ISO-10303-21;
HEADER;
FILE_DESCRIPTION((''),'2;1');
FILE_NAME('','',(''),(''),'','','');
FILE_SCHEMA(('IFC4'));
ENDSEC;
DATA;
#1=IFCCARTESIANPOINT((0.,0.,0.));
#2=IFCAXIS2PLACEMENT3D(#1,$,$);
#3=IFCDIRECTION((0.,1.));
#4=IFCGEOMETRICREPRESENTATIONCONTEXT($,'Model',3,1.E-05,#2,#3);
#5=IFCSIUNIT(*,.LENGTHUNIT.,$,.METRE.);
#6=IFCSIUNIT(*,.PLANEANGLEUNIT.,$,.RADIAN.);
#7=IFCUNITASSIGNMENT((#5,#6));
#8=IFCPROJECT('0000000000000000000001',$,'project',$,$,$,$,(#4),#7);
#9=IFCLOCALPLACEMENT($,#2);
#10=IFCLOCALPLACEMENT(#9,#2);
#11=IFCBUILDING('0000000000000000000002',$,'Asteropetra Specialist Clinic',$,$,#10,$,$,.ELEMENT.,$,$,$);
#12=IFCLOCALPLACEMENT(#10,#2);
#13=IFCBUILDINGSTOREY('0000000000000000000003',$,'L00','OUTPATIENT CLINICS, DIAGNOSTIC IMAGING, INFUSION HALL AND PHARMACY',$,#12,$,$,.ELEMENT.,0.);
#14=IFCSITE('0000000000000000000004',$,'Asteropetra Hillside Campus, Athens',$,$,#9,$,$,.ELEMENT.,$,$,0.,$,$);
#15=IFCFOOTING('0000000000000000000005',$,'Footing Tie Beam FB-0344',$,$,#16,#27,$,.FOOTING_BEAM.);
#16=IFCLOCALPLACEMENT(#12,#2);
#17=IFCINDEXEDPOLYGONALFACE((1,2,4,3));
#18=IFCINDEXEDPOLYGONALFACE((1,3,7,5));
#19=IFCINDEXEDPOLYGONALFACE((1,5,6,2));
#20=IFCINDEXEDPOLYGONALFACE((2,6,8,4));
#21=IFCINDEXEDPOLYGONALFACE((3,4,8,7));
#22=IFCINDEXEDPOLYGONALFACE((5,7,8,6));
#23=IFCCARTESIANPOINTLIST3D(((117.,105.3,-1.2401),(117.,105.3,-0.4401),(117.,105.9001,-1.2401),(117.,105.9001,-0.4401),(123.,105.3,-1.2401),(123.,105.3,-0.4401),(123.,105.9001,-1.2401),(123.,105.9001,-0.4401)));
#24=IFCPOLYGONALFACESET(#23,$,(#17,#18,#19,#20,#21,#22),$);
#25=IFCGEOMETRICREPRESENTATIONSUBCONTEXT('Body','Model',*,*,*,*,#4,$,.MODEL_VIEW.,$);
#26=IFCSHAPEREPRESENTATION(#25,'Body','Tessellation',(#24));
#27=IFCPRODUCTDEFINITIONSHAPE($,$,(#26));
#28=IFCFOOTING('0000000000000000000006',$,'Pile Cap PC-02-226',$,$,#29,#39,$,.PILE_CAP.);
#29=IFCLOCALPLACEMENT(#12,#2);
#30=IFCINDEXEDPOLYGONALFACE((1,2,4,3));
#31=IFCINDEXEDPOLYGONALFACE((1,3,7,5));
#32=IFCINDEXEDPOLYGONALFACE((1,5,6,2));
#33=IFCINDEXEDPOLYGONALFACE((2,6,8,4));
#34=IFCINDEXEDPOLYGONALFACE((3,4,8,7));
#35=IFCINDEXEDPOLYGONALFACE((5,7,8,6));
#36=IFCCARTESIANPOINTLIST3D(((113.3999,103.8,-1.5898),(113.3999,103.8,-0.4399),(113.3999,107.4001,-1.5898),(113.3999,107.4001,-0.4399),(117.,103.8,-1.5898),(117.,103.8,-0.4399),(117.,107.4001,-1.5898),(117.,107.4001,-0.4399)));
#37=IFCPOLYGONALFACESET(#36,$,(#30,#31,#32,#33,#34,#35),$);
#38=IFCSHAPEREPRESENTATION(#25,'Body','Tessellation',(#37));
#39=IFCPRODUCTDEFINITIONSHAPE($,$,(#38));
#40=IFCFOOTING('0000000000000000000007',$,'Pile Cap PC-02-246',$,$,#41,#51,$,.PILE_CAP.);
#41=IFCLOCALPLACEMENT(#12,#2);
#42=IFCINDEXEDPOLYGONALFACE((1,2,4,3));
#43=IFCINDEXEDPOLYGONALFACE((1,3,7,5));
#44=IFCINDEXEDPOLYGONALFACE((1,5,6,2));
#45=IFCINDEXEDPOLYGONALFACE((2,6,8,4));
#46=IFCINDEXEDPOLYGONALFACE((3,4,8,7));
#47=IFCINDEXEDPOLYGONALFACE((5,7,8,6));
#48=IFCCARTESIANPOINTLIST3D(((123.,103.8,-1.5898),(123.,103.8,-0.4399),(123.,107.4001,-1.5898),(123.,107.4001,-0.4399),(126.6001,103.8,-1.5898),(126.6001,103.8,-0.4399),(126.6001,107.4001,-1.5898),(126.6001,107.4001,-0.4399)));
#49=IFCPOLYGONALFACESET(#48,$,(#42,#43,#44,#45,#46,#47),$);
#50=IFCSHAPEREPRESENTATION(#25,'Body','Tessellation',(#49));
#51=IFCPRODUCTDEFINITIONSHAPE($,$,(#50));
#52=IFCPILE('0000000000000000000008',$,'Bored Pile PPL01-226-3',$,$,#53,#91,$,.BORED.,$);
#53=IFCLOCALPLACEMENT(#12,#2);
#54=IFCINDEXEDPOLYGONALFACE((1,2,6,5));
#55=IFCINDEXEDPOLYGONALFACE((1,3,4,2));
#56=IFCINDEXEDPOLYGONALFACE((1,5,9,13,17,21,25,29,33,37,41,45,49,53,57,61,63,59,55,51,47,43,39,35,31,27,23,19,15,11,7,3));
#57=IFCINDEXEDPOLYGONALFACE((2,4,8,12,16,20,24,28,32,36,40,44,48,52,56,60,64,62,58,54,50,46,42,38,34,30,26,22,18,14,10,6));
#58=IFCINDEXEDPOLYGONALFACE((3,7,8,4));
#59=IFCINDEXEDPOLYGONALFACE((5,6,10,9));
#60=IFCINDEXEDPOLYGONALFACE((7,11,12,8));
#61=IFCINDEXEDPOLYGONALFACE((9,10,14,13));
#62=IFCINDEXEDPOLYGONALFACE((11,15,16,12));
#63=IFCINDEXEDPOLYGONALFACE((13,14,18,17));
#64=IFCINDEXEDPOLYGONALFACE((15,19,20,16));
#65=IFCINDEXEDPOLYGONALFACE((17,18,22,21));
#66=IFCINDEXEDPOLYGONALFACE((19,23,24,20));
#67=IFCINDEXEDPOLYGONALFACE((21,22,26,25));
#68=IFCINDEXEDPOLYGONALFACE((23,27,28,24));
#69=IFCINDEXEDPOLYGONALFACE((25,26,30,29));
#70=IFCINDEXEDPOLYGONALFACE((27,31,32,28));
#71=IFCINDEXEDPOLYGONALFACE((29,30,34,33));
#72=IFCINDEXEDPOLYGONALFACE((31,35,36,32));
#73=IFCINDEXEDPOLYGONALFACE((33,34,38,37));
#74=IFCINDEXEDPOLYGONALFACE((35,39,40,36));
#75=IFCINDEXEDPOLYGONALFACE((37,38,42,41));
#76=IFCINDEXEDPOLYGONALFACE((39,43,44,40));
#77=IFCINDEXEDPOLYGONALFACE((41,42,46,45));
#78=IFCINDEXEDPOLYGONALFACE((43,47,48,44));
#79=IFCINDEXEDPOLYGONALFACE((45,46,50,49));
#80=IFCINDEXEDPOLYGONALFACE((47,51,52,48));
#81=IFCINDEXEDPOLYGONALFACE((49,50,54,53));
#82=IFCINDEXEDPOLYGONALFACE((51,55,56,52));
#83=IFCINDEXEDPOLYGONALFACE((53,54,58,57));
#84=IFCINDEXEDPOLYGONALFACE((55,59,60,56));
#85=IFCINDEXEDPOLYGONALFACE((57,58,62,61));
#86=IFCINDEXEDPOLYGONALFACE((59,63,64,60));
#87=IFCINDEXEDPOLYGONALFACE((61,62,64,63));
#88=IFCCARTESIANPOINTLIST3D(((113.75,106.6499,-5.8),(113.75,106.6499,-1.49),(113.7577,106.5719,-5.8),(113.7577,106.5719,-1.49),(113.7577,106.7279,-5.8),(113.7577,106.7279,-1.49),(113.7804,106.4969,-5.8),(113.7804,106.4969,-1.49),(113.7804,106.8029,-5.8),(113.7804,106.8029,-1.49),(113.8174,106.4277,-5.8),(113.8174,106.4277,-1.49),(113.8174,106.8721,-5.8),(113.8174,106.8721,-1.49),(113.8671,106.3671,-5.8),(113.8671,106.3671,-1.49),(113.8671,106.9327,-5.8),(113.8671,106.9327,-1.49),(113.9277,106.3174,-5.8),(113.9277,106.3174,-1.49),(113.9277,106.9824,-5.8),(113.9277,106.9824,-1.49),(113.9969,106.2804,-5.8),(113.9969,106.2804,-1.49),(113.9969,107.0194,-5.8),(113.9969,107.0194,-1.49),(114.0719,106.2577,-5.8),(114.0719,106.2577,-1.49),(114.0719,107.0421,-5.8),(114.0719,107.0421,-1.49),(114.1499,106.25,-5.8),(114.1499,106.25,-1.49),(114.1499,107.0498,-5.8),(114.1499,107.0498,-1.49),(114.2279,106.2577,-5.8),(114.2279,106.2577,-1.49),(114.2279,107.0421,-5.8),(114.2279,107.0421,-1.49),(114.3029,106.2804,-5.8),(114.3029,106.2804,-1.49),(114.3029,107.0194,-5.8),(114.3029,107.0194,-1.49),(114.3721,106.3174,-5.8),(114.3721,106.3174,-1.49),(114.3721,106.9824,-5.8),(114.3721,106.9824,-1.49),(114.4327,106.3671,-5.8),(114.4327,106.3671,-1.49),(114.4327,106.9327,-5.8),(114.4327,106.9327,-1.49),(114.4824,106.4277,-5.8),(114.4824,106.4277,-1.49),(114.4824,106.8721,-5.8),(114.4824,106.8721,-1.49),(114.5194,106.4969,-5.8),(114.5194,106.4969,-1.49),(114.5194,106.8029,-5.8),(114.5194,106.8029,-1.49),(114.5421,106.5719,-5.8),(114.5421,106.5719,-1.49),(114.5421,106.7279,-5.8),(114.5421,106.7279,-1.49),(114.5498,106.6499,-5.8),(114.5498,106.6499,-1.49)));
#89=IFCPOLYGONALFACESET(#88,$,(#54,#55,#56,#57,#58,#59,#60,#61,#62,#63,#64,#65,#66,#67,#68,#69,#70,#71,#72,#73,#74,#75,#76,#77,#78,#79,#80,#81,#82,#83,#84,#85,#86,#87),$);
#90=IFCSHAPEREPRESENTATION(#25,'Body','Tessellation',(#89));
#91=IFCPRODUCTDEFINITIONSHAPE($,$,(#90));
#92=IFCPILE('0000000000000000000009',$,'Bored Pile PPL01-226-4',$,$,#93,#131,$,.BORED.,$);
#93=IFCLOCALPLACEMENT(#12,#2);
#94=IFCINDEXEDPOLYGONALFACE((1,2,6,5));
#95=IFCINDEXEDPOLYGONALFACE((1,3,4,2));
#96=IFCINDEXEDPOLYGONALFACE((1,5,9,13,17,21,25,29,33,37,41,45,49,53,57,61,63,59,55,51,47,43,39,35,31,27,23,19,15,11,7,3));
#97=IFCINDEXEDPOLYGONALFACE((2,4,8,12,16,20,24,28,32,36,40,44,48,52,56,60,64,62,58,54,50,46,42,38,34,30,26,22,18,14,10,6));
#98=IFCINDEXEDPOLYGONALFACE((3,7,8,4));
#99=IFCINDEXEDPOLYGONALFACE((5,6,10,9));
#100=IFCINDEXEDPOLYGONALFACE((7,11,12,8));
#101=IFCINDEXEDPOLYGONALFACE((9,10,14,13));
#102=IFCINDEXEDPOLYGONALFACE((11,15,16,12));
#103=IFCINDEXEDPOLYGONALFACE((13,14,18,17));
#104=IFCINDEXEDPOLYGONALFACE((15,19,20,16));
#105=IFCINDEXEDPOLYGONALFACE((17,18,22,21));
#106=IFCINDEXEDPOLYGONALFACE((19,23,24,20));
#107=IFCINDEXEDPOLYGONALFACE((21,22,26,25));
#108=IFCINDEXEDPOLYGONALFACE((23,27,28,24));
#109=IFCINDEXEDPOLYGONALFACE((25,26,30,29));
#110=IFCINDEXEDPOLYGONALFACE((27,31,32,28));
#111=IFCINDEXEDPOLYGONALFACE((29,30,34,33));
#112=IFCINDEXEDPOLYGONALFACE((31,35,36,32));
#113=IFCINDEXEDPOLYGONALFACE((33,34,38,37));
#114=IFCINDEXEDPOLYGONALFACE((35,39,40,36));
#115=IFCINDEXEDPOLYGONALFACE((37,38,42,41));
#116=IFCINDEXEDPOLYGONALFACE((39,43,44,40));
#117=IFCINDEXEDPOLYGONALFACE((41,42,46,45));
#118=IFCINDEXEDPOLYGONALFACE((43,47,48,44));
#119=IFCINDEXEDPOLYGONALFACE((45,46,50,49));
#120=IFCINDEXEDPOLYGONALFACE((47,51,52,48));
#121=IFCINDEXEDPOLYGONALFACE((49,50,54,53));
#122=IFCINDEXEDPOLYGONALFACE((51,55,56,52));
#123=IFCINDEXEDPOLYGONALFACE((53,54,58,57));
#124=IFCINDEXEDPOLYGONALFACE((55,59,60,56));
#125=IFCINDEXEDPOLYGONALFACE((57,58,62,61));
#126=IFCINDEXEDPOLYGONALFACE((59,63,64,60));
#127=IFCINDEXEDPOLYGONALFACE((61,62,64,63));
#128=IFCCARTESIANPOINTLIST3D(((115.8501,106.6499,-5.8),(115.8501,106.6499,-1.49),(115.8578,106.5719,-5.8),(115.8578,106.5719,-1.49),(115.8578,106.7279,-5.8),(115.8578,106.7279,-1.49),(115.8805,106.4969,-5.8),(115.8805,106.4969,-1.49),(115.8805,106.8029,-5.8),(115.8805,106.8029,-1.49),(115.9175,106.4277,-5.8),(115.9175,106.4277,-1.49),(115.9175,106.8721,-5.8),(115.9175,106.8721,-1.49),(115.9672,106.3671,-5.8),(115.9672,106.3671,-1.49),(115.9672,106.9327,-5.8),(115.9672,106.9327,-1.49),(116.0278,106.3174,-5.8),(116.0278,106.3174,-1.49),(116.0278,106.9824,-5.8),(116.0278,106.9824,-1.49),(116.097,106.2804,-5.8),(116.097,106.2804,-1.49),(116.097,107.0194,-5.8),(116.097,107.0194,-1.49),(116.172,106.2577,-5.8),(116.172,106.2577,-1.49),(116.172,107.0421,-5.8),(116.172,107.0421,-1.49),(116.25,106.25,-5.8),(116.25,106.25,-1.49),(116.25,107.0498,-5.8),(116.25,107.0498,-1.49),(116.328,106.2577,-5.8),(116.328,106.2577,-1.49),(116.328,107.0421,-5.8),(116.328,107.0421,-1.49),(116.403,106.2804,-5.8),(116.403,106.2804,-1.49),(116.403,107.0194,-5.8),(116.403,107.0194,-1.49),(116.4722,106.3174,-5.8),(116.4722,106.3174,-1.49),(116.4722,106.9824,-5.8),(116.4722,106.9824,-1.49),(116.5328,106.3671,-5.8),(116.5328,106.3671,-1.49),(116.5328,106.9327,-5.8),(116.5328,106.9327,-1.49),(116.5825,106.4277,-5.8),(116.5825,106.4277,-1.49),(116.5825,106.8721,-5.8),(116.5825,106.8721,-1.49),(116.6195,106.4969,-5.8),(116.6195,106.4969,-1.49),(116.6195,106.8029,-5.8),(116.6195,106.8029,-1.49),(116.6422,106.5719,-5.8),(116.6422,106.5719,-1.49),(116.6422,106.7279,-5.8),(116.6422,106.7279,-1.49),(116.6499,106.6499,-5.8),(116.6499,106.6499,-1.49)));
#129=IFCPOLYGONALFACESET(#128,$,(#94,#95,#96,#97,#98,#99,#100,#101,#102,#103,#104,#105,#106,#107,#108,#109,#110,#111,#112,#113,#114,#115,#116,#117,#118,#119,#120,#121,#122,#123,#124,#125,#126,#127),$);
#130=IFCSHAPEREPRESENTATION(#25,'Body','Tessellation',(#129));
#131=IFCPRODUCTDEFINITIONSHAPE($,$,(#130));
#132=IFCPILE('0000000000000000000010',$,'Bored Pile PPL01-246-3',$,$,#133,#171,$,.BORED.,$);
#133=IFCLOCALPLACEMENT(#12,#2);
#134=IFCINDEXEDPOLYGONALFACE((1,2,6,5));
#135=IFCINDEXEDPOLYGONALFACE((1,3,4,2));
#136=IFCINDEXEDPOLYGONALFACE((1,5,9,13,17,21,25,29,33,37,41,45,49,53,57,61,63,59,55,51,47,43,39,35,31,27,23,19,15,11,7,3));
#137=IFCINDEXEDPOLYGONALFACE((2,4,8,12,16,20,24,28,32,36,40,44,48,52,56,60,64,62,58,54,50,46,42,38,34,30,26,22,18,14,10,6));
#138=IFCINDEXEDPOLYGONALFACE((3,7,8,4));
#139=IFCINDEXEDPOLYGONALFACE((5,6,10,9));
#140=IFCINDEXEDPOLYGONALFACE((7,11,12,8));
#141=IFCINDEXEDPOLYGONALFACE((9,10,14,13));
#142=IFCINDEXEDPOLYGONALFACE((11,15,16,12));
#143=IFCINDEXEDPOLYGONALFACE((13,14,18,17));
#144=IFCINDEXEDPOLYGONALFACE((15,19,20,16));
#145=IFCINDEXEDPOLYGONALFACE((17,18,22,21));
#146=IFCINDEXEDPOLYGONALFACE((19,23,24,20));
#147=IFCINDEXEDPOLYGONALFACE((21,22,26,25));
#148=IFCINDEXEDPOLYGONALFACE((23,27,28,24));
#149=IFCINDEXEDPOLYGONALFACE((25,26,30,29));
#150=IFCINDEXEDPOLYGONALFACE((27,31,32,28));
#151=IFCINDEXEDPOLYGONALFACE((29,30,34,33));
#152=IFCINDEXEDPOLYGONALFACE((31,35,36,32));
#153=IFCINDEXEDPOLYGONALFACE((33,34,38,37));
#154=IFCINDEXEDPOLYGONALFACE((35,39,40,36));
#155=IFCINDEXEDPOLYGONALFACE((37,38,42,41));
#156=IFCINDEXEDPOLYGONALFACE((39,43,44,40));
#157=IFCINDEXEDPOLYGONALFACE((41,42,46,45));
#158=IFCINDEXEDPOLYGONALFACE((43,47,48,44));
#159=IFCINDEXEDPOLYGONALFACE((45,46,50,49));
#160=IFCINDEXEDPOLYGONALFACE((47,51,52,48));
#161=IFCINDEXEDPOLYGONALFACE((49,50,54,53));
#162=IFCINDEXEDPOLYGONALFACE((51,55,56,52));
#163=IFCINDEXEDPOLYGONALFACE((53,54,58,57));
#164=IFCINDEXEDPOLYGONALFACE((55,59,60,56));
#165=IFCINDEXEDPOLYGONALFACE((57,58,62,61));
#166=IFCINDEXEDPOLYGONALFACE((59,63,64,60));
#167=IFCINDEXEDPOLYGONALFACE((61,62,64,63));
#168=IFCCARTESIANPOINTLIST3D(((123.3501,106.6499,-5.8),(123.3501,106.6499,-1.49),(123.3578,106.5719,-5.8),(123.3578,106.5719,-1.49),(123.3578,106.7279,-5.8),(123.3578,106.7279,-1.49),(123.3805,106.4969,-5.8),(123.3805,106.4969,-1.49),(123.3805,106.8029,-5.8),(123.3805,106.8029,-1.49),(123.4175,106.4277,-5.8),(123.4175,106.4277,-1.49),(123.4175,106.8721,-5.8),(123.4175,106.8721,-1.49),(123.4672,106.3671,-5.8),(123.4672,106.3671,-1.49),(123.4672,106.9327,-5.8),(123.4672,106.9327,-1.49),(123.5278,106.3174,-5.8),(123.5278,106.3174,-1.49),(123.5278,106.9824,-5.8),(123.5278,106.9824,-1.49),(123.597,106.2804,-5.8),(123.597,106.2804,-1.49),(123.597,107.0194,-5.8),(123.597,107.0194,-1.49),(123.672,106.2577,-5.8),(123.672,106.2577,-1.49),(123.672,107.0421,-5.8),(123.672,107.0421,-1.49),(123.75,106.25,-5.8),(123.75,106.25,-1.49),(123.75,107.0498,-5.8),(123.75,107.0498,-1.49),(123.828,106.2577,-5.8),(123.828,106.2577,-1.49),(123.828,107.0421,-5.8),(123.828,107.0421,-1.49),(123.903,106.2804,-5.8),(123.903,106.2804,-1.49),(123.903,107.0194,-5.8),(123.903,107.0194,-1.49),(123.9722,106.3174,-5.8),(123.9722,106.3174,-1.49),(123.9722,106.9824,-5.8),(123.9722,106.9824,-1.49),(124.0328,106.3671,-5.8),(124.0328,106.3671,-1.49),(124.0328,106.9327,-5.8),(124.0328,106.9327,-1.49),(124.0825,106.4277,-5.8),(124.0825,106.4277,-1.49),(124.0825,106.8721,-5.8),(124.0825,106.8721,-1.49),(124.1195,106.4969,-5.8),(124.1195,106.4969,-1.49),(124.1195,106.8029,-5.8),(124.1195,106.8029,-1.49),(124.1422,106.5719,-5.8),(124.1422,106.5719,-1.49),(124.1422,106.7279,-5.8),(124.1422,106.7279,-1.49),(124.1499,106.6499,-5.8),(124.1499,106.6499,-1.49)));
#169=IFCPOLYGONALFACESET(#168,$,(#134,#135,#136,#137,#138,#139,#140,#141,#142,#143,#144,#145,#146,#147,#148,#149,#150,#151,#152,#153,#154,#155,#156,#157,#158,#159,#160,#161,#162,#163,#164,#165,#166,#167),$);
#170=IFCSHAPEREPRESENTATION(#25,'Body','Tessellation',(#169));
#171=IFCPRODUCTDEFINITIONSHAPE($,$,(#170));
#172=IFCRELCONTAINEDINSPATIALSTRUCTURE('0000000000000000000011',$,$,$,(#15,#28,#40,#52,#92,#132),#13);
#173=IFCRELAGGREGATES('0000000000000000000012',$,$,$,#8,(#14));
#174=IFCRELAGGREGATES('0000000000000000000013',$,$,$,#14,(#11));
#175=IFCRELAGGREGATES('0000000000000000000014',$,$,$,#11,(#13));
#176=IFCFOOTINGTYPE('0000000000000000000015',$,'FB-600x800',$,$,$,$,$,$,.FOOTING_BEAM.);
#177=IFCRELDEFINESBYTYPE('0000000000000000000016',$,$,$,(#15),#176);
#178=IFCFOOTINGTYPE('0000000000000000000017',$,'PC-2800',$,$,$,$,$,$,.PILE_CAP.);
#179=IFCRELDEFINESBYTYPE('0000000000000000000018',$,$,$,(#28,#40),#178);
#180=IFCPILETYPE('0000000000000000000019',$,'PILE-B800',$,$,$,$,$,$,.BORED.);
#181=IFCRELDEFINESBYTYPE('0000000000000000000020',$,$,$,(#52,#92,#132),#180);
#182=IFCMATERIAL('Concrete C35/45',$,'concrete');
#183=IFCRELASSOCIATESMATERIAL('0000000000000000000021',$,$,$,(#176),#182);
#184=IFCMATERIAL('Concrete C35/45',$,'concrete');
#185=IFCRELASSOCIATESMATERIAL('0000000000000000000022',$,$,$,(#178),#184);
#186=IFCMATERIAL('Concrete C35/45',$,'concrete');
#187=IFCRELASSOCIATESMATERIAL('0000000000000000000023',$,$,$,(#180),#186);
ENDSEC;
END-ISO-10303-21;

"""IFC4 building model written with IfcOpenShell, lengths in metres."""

from ifc_helpers import new_model, si_unit, direction, frame, origin, origin_2d, place, context, subcontext, project, spatial, rectangle, circle, extrude, material, material_profile, profile_set, type_object, element, save


model = new_model("IFC4")

# Units and contexts
model_context = context("Model", 3, precision=1e-05, world=origin(), true_north=direction((0.0, 1.0)))
body_context = subcontext(model_context, "Body", "Model", "MODEL_VIEW")
ifc_project = project(units=[si_unit("LENGTHUNIT", "METRE"), si_unit("PLANEANGLEUNIT", "RADIAN")], contexts=[model_context])

# Site, building, storey
site_placement = place(None, origin())
site = spatial("IfcSite", under=ifc_project, at=site_placement, Name="Asteropetra Hillside Campus, Athens", CompositionType="ELEMENT", RefElevation=0.0)
building_placement = place(site_placement, origin())
building = spatial("IfcBuilding", under=site, at=building_placement, Name="Asteropetra Specialist Clinic", CompositionType="ELEMENT")
storey_placement = place(building_placement, origin())
storey = spatial("IfcBuildingStorey", under=building, at=storey_placement, Name="L00", Description="OUTPATIENT CLINICS, DIAGNOSTIC IMAGING, INFUSION HALL AND PHARMACY", CompositionType="ELEMENT", Elevation=0.0)

# Footings
ifc_material_1 = material(Name="Concrete C35/45", Category="concrete")
ifc_material_profile_1 = material_profile(ifc_material_1, rectangle(XDim=0.6001, YDim=0.8, at=origin_2d()), Name="FB 600x800")
ifc_profile_set_1 = profile_set([ifc_material_profile_1], Name="Concrete C35/45")
footing_type_1 = type_object("IfcFootingType", Name="FB-600x800", PredefinedType="FOOTING_BEAM", material=ifc_profile_set_1)
footing_placement = place(storey_placement, frame((117.0, 105.6001, -0.8401), z_axis=(1.0, 0.0, 0.0), x_axis=(0.0, 1.0, 0.0)))
element("IfcFooting", 1, at=footing_placement, inside=storey, type_object=footing_type_1, Name="Footing Tie Beam FB-0344", PredefinedType="FOOTING_BEAM", context=body_context, shape_type="SweptSolid", body=[
    extrude(rectangle(XDim=0.6001, YDim=0.8, at=origin_2d()), origin(), (0.0, 0.0, 1.0), 6.0),
])
ifc_material_2 = material(Name="Concrete C35/45", Category="concrete")
footing_type_2 = type_object("IfcFootingType", Name="PC-2800", PredefinedType="PILE_CAP", material=ifc_material_2)
for number, where, z_axis, x_axis, name in (
    (2, (115.2, 105.6001, -1.5898), (0.0, 0.0, 1.0), (1.0, 0.0, 0.0), "Pile Cap PC-02-226"),
    (3, (124.8, 105.6001, -1.5898), (0.0, 0.0, 1.0), (1.0, 0.0, 0.0), "Pile Cap PC-02-246"),
):
    element("IfcFooting", number, at=place(storey_placement, frame(where, z_axis=z_axis, x_axis=x_axis)), inside=storey, type_object=footing_type_2, Name=name, PredefinedType="PILE_CAP", context=body_context, shape_type="SweptSolid", body=[
        extrude(rectangle(XDim=3.6001, YDim=3.6001, at=origin_2d()), origin(), (0.0, 0.0, 1.0), 1.1499),
    ])

# Piles
ifc_material_3 = material(Name="Concrete C35/45", Category="concrete")
ifc_material_profile_2 = material_profile(ifc_material_3, circle(Radius=0.3999, at=origin_2d()), Name="PILE D800")
ifc_profile_set_2 = profile_set([ifc_material_profile_2], Name="Concrete C35/45")
pile_type = type_object("IfcPileType", Name="PILE-B800", PredefinedType="BORED", material=ifc_profile_set_2)
for number, where, z_axis, x_axis, name in (
    (4, (114.1499, 106.6499, -1.49), (0.0, 0.0, -1.0), (1.0, 0.0, 0.0), "Bored Pile PPL01-226-3"),
    (5, (116.25, 106.6499, -1.49), (0.0, 0.0, -1.0), (1.0, 0.0, 0.0), "Bored Pile PPL01-226-4"),
    (6, (123.75, 106.6499, -1.49), (0.0, 0.0, -1.0), (1.0, 0.0, 0.0), "Bored Pile PPL01-246-3"),
):
    element("IfcPile", number, at=place(storey_placement, frame(where, z_axis=z_axis, x_axis=x_axis)), inside=storey, type_object=pile_type, Name=name, PredefinedType="BORED", context=body_context, shape_type="SweptSolid", body=[
        extrude(circle(Radius=0.3999, at=origin_2d()), origin(), (0.0, 0.0, 1.0), 4.3101),
    ])

save(model, "model.ifc")
